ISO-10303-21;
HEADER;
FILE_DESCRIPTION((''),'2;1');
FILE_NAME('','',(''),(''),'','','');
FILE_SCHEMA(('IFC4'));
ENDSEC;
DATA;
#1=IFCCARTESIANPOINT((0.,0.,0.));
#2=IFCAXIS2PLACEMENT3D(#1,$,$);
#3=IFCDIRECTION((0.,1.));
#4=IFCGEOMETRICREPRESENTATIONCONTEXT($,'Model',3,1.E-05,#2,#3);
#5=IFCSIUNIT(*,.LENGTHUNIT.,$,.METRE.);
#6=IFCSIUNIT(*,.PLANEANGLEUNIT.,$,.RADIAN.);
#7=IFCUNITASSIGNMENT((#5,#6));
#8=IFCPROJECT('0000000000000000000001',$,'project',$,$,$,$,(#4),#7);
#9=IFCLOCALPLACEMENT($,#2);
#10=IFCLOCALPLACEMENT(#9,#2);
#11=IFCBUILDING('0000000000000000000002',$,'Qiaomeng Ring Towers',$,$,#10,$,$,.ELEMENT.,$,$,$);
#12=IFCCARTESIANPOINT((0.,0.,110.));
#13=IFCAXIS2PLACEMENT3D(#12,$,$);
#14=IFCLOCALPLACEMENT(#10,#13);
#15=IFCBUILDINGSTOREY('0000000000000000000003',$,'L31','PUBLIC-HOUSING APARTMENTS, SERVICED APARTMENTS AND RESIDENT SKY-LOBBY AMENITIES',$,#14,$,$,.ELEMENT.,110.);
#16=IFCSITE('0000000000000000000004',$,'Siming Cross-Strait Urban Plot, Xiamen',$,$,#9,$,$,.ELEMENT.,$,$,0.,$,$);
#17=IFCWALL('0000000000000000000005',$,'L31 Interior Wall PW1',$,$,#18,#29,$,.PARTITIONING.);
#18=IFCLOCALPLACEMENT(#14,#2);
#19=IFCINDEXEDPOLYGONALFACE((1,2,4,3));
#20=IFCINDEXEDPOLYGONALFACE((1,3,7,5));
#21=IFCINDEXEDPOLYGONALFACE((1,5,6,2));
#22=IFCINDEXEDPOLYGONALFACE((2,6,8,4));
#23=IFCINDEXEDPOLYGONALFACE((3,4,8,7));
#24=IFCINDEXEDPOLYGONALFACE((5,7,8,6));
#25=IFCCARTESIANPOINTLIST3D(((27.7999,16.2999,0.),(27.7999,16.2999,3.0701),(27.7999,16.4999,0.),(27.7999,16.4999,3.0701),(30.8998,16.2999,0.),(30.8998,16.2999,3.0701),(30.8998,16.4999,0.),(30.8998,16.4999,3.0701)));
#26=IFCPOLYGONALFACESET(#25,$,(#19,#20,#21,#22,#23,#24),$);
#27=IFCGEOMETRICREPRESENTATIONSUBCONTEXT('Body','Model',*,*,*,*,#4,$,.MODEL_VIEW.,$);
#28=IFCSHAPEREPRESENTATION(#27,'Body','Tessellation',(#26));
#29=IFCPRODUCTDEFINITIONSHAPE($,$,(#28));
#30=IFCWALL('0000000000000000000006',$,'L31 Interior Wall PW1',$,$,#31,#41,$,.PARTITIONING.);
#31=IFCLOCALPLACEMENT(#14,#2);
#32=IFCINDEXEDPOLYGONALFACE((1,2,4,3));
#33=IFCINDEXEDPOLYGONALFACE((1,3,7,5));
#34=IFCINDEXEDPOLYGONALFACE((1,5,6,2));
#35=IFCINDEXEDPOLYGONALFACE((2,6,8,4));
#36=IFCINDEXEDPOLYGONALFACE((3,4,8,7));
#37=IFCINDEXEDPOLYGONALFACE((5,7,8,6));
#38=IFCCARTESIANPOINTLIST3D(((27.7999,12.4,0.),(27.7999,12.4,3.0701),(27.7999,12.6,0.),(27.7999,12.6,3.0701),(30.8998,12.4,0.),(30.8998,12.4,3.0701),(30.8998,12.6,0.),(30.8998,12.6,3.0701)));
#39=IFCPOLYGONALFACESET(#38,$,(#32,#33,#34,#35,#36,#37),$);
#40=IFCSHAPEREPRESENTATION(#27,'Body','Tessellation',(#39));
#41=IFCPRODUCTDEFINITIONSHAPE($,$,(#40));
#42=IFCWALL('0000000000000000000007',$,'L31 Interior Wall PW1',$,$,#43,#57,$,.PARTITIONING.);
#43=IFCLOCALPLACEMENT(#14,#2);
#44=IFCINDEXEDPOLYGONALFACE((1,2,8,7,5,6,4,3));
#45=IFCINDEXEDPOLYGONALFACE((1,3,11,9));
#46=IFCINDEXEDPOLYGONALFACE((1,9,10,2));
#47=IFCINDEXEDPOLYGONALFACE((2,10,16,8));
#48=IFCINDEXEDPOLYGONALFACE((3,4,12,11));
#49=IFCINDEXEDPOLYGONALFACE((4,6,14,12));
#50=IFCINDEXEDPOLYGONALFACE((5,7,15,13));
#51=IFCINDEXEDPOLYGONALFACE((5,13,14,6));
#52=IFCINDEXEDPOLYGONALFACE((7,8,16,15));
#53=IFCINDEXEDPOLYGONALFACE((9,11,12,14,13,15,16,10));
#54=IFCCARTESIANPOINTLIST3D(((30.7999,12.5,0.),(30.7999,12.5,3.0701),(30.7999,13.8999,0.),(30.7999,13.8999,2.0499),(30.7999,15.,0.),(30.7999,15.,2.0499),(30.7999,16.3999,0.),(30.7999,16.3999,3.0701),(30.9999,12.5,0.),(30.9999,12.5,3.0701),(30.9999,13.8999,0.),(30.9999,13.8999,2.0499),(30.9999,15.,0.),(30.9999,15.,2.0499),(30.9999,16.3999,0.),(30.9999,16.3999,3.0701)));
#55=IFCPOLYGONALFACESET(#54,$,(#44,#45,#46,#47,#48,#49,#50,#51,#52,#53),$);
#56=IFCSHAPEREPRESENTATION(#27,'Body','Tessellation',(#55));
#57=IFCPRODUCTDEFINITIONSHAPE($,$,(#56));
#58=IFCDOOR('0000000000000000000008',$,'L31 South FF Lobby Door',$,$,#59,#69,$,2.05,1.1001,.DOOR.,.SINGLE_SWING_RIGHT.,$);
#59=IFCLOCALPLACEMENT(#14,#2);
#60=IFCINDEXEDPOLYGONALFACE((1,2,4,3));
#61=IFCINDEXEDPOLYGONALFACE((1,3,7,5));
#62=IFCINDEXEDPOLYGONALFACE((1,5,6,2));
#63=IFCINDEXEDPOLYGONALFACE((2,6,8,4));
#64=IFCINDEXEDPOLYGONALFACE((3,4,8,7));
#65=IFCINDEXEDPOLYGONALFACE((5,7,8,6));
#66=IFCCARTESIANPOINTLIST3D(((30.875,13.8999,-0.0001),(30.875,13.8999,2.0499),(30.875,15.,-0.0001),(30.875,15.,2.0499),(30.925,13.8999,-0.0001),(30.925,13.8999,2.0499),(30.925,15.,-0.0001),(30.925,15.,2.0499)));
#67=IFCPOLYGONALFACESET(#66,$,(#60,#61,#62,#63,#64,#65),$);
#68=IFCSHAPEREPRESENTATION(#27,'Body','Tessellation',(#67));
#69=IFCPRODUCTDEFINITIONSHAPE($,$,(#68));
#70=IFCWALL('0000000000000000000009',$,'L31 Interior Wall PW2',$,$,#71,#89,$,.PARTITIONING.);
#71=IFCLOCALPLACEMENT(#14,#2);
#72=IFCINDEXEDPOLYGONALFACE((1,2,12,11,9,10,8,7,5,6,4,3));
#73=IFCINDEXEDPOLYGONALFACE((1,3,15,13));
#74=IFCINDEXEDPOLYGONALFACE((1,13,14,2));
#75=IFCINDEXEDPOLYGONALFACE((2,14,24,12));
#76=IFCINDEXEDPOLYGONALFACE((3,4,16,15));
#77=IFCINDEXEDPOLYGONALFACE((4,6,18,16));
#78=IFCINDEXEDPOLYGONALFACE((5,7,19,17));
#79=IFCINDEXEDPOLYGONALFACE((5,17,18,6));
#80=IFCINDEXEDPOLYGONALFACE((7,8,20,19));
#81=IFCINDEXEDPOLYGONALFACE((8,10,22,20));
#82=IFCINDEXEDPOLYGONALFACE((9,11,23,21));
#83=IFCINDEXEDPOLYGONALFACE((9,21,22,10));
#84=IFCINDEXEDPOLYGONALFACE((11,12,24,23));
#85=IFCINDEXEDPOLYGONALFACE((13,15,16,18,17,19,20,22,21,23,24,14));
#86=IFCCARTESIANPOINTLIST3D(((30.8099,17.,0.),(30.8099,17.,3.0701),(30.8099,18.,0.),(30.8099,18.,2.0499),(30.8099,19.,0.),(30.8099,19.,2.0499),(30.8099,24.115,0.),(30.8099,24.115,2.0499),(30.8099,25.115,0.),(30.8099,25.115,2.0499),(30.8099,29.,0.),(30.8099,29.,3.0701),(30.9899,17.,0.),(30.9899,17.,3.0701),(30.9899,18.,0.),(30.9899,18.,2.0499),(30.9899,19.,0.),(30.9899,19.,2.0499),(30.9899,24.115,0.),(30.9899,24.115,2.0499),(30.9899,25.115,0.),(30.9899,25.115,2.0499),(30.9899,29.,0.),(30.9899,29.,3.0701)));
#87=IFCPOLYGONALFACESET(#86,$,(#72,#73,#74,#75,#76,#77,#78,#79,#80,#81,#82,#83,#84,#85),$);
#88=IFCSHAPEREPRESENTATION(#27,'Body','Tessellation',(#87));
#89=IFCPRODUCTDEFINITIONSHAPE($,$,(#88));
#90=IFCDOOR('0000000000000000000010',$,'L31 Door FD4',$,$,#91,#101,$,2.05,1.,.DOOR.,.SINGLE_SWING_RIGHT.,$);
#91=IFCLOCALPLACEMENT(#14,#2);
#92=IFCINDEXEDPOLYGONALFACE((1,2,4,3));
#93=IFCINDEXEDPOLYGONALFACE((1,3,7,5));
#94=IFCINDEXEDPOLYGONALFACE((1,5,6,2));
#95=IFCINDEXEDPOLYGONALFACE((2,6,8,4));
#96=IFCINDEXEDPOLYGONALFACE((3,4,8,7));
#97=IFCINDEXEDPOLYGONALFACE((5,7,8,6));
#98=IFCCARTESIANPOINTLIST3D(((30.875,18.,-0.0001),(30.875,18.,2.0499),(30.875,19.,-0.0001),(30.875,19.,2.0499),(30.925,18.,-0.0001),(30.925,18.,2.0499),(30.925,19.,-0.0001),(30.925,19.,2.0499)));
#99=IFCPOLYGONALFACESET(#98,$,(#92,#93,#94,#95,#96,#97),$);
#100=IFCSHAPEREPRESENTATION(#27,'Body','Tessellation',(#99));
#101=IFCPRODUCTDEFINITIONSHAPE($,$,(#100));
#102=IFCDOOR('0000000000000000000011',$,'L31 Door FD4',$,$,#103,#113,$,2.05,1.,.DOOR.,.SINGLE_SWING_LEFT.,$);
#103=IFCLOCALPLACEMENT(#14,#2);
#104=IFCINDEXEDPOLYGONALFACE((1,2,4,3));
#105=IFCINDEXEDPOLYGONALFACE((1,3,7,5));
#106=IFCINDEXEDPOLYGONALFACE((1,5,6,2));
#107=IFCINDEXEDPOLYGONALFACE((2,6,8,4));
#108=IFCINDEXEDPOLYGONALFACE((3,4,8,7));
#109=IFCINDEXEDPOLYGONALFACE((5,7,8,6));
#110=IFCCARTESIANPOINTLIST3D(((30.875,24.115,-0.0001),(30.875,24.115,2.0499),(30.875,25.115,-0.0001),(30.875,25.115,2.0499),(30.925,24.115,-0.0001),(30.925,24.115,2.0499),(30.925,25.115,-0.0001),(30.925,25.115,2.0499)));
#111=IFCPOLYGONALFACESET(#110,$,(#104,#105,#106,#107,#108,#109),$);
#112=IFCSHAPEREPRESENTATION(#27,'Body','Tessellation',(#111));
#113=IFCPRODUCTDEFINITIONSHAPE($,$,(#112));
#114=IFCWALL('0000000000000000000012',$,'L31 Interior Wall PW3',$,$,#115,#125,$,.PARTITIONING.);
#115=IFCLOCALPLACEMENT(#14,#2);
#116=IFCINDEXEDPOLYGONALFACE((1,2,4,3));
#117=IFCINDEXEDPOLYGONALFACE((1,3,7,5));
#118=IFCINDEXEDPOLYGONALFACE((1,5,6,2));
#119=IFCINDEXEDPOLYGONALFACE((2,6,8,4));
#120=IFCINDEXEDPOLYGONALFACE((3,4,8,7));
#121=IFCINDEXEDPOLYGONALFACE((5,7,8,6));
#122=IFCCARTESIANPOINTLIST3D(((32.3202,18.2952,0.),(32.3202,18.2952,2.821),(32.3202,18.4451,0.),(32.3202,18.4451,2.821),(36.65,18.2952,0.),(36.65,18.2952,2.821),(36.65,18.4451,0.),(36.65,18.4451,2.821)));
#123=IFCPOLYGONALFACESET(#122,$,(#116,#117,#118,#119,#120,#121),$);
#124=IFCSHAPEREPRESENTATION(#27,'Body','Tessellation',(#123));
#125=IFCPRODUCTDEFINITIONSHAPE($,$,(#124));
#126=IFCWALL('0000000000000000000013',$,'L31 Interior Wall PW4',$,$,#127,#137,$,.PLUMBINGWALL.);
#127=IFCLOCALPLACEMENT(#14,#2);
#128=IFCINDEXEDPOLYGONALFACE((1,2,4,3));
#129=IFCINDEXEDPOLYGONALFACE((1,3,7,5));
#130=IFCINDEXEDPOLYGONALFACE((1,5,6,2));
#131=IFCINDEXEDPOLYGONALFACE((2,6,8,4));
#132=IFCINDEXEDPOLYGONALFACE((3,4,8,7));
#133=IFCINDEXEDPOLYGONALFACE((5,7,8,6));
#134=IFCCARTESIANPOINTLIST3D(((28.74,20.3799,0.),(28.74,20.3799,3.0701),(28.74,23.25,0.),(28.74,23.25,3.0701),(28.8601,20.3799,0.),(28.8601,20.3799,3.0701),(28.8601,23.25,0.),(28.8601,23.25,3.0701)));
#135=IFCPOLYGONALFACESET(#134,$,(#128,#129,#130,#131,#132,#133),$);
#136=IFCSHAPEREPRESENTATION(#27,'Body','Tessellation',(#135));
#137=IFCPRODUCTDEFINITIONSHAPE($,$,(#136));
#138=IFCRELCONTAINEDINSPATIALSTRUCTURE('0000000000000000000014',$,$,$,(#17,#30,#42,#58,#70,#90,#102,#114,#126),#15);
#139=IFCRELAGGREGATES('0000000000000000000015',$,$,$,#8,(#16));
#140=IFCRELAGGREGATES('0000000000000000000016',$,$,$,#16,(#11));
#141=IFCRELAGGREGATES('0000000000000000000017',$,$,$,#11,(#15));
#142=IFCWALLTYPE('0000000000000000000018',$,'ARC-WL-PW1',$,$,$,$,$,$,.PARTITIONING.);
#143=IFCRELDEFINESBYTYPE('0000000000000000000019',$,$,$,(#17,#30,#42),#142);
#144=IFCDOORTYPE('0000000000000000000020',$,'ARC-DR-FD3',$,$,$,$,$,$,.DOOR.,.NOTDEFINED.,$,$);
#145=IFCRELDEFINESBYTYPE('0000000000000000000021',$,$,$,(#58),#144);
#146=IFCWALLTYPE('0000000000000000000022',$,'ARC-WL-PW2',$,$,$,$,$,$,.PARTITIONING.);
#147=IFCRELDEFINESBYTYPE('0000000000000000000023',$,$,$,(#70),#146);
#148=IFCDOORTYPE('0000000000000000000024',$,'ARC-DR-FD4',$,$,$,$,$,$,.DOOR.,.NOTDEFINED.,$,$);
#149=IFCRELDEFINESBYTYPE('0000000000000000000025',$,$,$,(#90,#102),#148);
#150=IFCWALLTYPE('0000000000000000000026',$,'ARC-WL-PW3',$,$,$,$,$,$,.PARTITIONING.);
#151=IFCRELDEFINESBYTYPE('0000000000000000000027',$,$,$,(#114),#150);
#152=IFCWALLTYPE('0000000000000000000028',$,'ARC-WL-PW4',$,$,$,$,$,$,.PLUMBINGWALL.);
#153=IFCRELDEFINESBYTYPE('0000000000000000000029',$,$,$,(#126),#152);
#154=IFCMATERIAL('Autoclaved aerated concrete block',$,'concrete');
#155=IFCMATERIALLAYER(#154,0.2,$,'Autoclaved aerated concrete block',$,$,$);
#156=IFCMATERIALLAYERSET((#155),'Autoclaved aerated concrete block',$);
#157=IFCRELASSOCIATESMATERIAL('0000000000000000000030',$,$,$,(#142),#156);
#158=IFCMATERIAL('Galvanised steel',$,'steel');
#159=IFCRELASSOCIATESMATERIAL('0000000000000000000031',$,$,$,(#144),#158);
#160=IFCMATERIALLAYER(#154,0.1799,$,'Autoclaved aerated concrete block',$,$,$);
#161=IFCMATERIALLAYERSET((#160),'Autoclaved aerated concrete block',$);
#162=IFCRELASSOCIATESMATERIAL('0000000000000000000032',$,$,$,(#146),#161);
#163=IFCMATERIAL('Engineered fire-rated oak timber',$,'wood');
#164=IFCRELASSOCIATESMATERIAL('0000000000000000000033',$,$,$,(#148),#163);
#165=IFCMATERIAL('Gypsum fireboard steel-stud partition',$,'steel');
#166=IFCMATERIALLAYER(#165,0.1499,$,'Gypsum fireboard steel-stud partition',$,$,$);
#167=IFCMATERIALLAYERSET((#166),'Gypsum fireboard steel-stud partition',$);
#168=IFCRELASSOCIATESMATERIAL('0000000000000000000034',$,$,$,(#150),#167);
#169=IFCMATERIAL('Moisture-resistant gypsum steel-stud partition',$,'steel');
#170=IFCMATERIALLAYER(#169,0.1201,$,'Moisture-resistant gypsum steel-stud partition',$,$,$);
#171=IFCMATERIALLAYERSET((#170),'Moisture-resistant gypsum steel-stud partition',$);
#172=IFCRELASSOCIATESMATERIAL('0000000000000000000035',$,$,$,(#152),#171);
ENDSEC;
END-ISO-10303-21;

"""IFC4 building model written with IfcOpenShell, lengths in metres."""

from ifc_helpers import new_model, si_unit, direction, frame, frame_2d, origin, place, context, subcontext, project, spatial, rectangle, extrude, source, transform, mapped, material, layer, layer_set, type_object, element, fill, save


model = new_model("IFC4")

# Units and contexts
model_context = context("Model", 3, precision=1e-05, world=origin(), true_north=direction((0.0, 1.0)))
body_context = subcontext(model_context, "Body", "Model", "MODEL_VIEW")
ifc_project = project(units=[si_unit("LENGTHUNIT", "METRE"), si_unit("PLANEANGLEUNIT", "RADIAN")], contexts=[model_context])

# Site, building, storey
site_placement = place(None, origin())
site = spatial("IfcSite", under=ifc_project, at=site_placement, Name="Siming Cross-Strait Urban Plot, Xiamen", CompositionType="ELEMENT", RefElevation=0.0)
building_placement = place(site_placement, origin())
building = spatial("IfcBuilding", under=site, at=building_placement, Name="Qiaomeng Ring Towers", CompositionType="ELEMENT")
storey_placement = place(building_placement, frame((0.0, 0.0, 110.0)))
storey = spatial("IfcBuildingStorey", under=building, at=storey_placement, Name="L31", Description="PUBLIC-HOUSING APARTMENTS, SERVICED APARTMENTS AND RESIDENT SKY-LOBBY AMENITIES", CompositionType="ELEMENT", Elevation=110.0)

# Walls
ifc_material_1 = material(Name="Autoclaved aerated concrete block", Category="concrete")
ifc_layer_1 = layer(ifc_material_1, 0.2, Name="Autoclaved aerated concrete block")
ifc_layer_set_1 = layer_set([ifc_layer_1], Name="Autoclaved aerated concrete block")
wall_type_1 = type_object("IfcWallType", Name="ARC-WL-PW1", PredefinedType="PARTITIONING", material=ifc_layer_set_1)
for number, where, z_axis, x_axis, name in (
    (1, (27.8, 16.3999, 0.0), (0.0, 0.0, 1.0), (1.0, 0.0, 0.0), "L31 Interior Wall PW1"),
    (2, (27.8, 12.5, 0.0), (0.0, 0.0, 1.0), (1.0, 0.0, 0.0), "L31 Interior Wall PW1"),
):
    element("IfcWall", number, at=place(storey_placement, frame(where, z_axis=z_axis, x_axis=x_axis)), inside=storey, type_object=wall_type_1, Name=name, PredefinedType="PARTITIONING", context=body_context, shape_type="SweptSolid", body=[
        extrude(rectangle(XDim=3.0999, YDim=0.2, at=frame_2d((1.5498, 0.0))), origin(), (0.0, 0.0, 1.0), 3.0701),
    ])

# Wall, opening, door
wall_1_placement = place(storey_placement, frame((30.8999, 12.5, 0.0), z_axis=(0.0, 0.0, 1.0), x_axis=(0.0, 1.0, 0.0)))
wall_1 = element("IfcWall", 3, at=wall_1_placement, inside=storey, type_object=wall_type_1, Name="L31 Interior Wall PW1", PredefinedType="PARTITIONING", context=body_context, shape_type="SweptSolid", body=[
    extrude(rectangle(XDim=3.8999, YDim=0.2, at=frame_2d((1.95, 0.0))), origin(), (0.0, 0.0, 1.0), 3.0701),
])
opening_1_placement = place(wall_1_placement, frame((1.3999, 0.0, 0.0)))
opening_1 = element("IfcOpeningElement", 4, at=opening_1_placement, cuts=wall_1, PredefinedType="OPENING", context=body_context, shape_type="SweptSolid", body=[
    extrude(rectangle(XDim=1.1001, YDim=2.05, at=frame_2d((0.55, 1.0249))), frame((0.0, 0.1099, 0.0), z_axis=(0.0, -1.0, 0.0), x_axis=(1.0, 0.0, 0.0)), (0.0, 0.0, 1.0), 0.22),
])
ifc_material_2 = material(Name="Galvanised steel", Category="steel")
door_type_1 = type_object("IfcDoorType", Name="ARC-DR-FD3", OperationType="NOTDEFINED", PredefinedType="DOOR", material=ifc_material_2)
shared_shape_1 = source(origin(), body_context, "Body", "SweptSolid", [
    extrude(rectangle(XDim=1.1001, YDim=2.05, at=frame_2d((0.55, 1.0249))), frame((0.0, 0.0249, 0.0), z_axis=(0.0, -1.0, 0.0), x_axis=(1.0, 0.0, 0.0)), (0.0, 0.0, 1.0), 0.05),
])
door_1_placement = place(opening_1_placement, origin())
door_1 = element("IfcDoor", 5, at=door_1_placement, inside=storey, type_object=door_type_1, Name="L31 South FF Lobby Door", OperationType="SINGLE_SWING_RIGHT", OverallHeight=2.05, OverallWidth=1.1001, PredefinedType="DOOR", context=body_context, shape_type="MappedRepresentation", body=[
    mapped(shared_shape_1, transform((0.0, 0.0, 0.0), x_axis=(1.0, 0.0, 0.0), y_axis=(0.0, 1.0, 0.0), z_axis=(0.0, 0.0, 1.0), scale=1.0)),
])
fill(opening_1, door_1)

# Wall, openings, doors
ifc_layer_2 = layer(ifc_material_1, 0.1799, Name="Autoclaved aerated concrete block")
ifc_layer_set_2 = layer_set([ifc_layer_2], Name="Autoclaved aerated concrete block")
wall_type_2 = type_object("IfcWallType", Name="ARC-WL-PW2", PredefinedType="PARTITIONING", material=ifc_layer_set_2)
wall_2_placement = place(storey_placement, frame((30.8999, 17.0, 0.0), z_axis=(0.0, 0.0, 1.0), x_axis=(0.0, 1.0, 0.0)))
wall_2 = element("IfcWall", 6, at=wall_2_placement, inside=storey, type_object=wall_type_2, Name="L31 Interior Wall PW2", PredefinedType="PARTITIONING", context=body_context, shape_type="SweptSolid", body=[
    extrude(rectangle(XDim=12.0, YDim=0.1799, at=frame_2d((6.0, 0.0))), origin(), (0.0, 0.0, 1.0), 3.0701),
])
opening_2_placement = place(wall_2_placement, frame((1.0, 0.0, 0.0)))
opening_2 = element("IfcOpeningElement", 7, at=opening_2_placement, cuts=wall_2, PredefinedType="OPENING", context=body_context, shape_type="SweptSolid", body=[
    extrude(rectangle(XDim=1.0, YDim=2.05, at=frame_2d((0.5, 1.0249))), frame((0.0, 0.0999, 0.0), z_axis=(0.0, -1.0, 0.0), x_axis=(1.0, 0.0, 0.0)), (0.0, 0.0, 1.0), 0.2),
])
opening_3_placement = place(wall_2_placement, frame((7.115, 0.0, 0.0)))
opening_3 = element("IfcOpeningElement", 8, at=opening_3_placement, cuts=wall_2, PredefinedType="OPENING", context=body_context, shape_type="SweptSolid", body=[
    extrude(rectangle(XDim=1.0, YDim=2.05, at=frame_2d((0.5, 1.0249))), frame((0.0, 0.0999, 0.0), z_axis=(0.0, -1.0, 0.0), x_axis=(1.0, 0.0, 0.0)), (0.0, 0.0, 1.0), 0.2),
])
ifc_material_3 = material(Name="Engineered fire-rated oak timber", Category="wood")
door_type_2 = type_object("IfcDoorType", Name="ARC-DR-FD4", OperationType="NOTDEFINED", PredefinedType="DOOR", material=ifc_material_3)
shared_shape_2 = source(origin(), body_context, "Body", "SweptSolid", [
    extrude(rectangle(XDim=1.0, YDim=2.05, at=frame_2d((0.5, 1.0249))), frame((0.0, 0.0249, 0.0), z_axis=(0.0, -1.0, 0.0), x_axis=(1.0, 0.0, 0.0)), (0.0, 0.0, 1.0), 0.05),
])
door_2_placement = place(opening_2_placement, origin())
door_2 = element("IfcDoor", 9, at=door_2_placement, inside=storey, type_object=door_type_2, Name="L31 Door FD4", OperationType="SINGLE_SWING_RIGHT", OverallHeight=2.05, OverallWidth=1.0, PredefinedType="DOOR", context=body_context, shape_type="MappedRepresentation", body=[
    mapped(shared_shape_2, transform((0.0, 0.0, 0.0), x_axis=(1.0, 0.0, 0.0), y_axis=(0.0, 1.0, 0.0), z_axis=(0.0, 0.0, 1.0), scale=1.0)),
])
fill(opening_2, door_2)
door_3_placement = place(opening_3_placement, origin())
door_3 = element("IfcDoor", 10, at=door_3_placement, inside=storey, type_object=door_type_2, Name="L31 Door FD4", OperationType="SINGLE_SWING_LEFT", OverallHeight=2.05, OverallWidth=1.0, PredefinedType="DOOR", context=body_context, shape_type="MappedRepresentation", body=[
    mapped(shared_shape_2, transform((0.0, 0.0, 0.0), x_axis=(1.0, 0.0, 0.0), y_axis=(0.0, 1.0, 0.0), z_axis=(0.0, 0.0, 1.0), scale=1.0)),
])
fill(opening_3, door_3)

# Walls
ifc_material_4 = material(Name="Gypsum fireboard steel-stud partition", Category="steel")
ifc_layer_3 = layer(ifc_material_4, 0.1499, Name="Gypsum fireboard steel-stud partition")
ifc_layer_set_3 = layer_set([ifc_layer_3], Name="Gypsum fireboard steel-stud partition")
wall_type_3 = type_object("IfcWallType", Name="ARC-WL-PW3", PredefinedType="PARTITIONING", material=ifc_layer_set_3)
wall_3_placement = place(storey_placement, frame((32.3201, 18.3701, 0.0), z_axis=(0.0, 0.0, 1.0), x_axis=(1.0, 0.0, 0.0)))
element("IfcWall", 11, at=wall_3_placement, inside=storey, type_object=wall_type_3, Name="L31 Interior Wall PW3", PredefinedType="PARTITIONING", context=body_context, shape_type="SweptSolid", body=[
    extrude(rectangle(XDim=4.3298, YDim=0.1499, at=frame_2d((2.165, 0.0))), origin(), (0.0, 0.0, 1.0), 2.821),
])
ifc_material_5 = material(Name="Moisture-resistant gypsum steel-stud partition", Category="steel")
ifc_layer_4 = layer(ifc_material_5, 0.1201, Name="Moisture-resistant gypsum steel-stud partition")
ifc_layer_set_4 = layer_set([ifc_layer_4], Name="Moisture-resistant gypsum steel-stud partition")
wall_type_4 = type_object("IfcWallType", Name="ARC-WL-PW4", PredefinedType="PLUMBINGWALL", material=ifc_layer_set_4)
wall_4_placement = place(storey_placement, frame((28.8, 20.3799, 0.0), z_axis=(0.0, 0.0, 1.0), x_axis=(0.0, 1.0, 0.0)))
element("IfcWall", 12, at=wall_4_placement, inside=storey, type_object=wall_type_4, Name="L31 Interior Wall PW4", PredefinedType="PLUMBINGWALL", context=body_context, shape_type="SweptSolid", body=[
    extrude(rectangle(XDim=2.8701, YDim=0.1201, at=frame_2d((1.4351, 0.0))), origin(), (0.0, 0.0, 1.0), 3.0701),
])

save(model, "model.ifc")
